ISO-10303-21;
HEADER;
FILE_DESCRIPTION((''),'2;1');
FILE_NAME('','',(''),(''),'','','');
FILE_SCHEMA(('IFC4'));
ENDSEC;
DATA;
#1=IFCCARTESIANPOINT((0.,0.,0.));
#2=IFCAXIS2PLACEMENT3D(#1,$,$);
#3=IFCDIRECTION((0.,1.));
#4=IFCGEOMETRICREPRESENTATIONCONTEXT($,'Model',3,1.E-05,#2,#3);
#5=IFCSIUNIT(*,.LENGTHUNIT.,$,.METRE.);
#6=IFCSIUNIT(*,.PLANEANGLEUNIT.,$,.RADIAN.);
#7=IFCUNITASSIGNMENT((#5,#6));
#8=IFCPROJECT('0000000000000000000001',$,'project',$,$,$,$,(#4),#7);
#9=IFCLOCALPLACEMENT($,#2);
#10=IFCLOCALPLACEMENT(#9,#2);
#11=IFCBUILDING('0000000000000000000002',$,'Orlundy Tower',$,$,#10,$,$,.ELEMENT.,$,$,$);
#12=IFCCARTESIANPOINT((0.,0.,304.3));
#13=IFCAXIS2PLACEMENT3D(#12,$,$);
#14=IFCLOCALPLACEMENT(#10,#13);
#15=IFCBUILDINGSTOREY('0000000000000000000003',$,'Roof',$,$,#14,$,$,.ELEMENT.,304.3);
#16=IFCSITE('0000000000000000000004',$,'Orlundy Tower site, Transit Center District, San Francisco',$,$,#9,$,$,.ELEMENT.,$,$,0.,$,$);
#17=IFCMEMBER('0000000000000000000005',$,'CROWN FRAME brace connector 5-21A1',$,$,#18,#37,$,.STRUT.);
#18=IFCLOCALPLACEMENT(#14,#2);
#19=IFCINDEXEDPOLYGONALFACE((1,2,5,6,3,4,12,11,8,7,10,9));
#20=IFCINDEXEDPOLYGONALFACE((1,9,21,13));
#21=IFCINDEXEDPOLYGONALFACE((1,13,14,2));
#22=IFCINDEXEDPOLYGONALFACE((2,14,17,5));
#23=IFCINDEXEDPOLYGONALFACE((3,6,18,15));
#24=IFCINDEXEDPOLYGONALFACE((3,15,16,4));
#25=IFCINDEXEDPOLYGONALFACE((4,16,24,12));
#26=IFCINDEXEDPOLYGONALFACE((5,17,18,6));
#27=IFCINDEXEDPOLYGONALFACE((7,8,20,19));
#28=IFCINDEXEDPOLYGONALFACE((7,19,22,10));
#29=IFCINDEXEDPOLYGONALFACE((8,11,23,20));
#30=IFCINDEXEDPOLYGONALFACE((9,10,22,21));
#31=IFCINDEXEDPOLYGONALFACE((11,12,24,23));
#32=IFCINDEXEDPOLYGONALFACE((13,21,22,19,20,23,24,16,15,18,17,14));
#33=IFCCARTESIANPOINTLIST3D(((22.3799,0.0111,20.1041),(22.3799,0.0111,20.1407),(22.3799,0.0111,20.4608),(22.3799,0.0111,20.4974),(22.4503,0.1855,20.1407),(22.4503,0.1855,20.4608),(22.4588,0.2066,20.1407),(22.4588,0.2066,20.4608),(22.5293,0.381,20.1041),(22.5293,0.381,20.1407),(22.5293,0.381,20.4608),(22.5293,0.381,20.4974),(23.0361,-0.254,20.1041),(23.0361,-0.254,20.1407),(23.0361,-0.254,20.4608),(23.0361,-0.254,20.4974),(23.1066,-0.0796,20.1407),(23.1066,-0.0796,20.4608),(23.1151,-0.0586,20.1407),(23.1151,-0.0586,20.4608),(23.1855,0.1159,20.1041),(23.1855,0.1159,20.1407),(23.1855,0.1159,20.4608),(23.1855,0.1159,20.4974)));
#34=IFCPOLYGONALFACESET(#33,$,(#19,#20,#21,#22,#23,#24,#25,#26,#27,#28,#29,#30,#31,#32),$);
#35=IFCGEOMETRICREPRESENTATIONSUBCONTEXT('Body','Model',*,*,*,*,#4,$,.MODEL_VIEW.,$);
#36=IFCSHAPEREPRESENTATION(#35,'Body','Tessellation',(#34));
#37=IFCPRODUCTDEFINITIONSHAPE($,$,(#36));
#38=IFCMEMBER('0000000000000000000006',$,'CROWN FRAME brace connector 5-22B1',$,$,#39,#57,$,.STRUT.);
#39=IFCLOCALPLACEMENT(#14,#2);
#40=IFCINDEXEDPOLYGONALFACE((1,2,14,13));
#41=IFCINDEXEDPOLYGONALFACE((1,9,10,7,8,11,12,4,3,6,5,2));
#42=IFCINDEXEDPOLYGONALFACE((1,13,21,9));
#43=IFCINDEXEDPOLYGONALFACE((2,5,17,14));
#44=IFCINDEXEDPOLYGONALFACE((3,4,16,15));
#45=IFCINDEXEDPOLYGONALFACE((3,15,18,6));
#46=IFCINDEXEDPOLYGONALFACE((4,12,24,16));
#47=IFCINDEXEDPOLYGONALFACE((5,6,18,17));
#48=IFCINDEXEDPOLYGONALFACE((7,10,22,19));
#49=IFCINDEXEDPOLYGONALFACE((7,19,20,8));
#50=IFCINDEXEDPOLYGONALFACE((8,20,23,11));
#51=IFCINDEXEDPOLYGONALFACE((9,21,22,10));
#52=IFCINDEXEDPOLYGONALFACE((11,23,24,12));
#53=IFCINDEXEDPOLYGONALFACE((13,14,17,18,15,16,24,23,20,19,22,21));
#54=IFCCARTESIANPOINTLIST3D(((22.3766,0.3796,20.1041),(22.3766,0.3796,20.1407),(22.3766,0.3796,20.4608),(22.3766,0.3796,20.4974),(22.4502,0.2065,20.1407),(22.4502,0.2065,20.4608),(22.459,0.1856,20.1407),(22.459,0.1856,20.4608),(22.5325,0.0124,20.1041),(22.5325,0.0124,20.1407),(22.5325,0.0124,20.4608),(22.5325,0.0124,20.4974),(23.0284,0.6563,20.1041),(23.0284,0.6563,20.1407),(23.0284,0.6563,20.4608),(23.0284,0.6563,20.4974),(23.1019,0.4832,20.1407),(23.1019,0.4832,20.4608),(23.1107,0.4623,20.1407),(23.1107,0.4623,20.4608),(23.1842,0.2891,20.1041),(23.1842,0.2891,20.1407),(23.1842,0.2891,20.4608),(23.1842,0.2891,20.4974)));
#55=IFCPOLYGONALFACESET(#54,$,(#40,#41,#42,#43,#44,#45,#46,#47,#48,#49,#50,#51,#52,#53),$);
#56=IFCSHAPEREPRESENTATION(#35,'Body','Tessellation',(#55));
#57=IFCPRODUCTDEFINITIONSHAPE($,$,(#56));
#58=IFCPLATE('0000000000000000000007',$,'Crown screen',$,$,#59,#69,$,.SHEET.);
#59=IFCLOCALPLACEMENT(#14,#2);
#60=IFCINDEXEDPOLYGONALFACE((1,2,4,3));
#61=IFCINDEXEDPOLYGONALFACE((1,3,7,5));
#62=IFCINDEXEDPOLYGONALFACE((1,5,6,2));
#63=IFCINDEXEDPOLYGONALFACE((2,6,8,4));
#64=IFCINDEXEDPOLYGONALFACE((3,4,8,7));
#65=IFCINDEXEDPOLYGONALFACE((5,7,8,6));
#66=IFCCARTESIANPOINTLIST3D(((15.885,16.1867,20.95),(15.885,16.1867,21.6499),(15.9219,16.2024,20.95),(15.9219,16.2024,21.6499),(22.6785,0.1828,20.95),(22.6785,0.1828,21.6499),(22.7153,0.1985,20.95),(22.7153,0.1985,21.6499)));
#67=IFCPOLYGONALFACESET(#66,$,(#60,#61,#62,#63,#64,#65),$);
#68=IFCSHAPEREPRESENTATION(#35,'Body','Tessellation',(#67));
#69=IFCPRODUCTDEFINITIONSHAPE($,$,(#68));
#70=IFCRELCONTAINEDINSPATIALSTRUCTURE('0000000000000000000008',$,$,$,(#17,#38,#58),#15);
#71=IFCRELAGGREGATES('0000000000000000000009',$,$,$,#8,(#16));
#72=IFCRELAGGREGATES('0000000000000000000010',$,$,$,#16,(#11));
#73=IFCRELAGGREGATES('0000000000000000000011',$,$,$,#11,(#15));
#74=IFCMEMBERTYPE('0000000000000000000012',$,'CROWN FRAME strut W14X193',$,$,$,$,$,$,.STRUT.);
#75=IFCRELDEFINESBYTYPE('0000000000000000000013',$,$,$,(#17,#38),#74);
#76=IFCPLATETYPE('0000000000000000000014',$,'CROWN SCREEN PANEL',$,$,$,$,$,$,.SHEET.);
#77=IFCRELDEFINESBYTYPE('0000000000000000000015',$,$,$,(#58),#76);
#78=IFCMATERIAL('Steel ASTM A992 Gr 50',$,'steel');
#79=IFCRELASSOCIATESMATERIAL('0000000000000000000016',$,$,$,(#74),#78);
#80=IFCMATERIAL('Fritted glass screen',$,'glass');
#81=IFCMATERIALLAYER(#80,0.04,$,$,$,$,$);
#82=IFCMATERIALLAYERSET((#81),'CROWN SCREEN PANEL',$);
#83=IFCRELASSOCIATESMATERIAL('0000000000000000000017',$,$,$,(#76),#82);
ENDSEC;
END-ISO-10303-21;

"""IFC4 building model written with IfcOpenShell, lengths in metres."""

from ifc_helpers import new_model, si_unit, direction, frame, origin, origin_2d, place, context, subcontext, project, spatial, polyline, i_section, outline, extrude, material, layer, layer_set, material_profile, profile_set, type_object, element, save


model = new_model("IFC4")

# Units and contexts
model_context = context("Model", 3, precision=1e-05, world=origin(), true_north=direction((0.0, 1.0)))
body_context = subcontext(model_context, "Body", "Model", "MODEL_VIEW")
ifc_project = project(units=[si_unit("LENGTHUNIT", "METRE"), si_unit("PLANEANGLEUNIT", "RADIAN")], contexts=[model_context])

# Site, building, storey
site_placement = place(None, origin())
site = spatial("IfcSite", under=ifc_project, at=site_placement, Name="Orlundy Tower site, Transit Center District, San Francisco", CompositionType="ELEMENT", RefElevation=0.0)
building_placement = place(site_placement, origin())
building = spatial("IfcBuilding", under=site, at=building_placement, Name="Orlundy Tower", CompositionType="ELEMENT")
storey_placement = place(building_placement, frame((0.0, 0.0, 304.3)))
storey = spatial("IfcBuildingStorey", under=building, at=storey_placement, Name="Roof", CompositionType="ELEMENT", Elevation=304.3)

# Members
ifc_material_1 = material(Name="Steel ASTM A992 Gr 50", Category="steel")
ifc_material_profile_1 = material_profile(ifc_material_1, i_section(OverallWidth=0.3989, OverallDepth=0.3933, WebThickness=0.0227, FlangeThickness=0.0366, at=origin_2d()), Name="W14X193")
ifc_profile_set_1 = profile_set([ifc_material_profile_1], Name="Steel ASTM A992 Gr 50")
member_type = type_object("IfcMemberType", Name="CROWN FRAME strut W14X193", PredefinedType="STRUT", material=ifc_profile_set_1)
member_1_placement = place(storey_placement, frame((22.4546, 0.196, 20.3008), z_axis=(0.927187, -0.3746, 0.0), x_axis=(0.3746, 0.927187, 0.0)))
element("IfcMember", 1, at=member_1_placement, inside=storey, type_object=member_type, Name="CROWN FRAME brace connector 5-21A1", PredefinedType="STRUT", context=body_context, shape_type="SweptSolid", body=[
    extrude(i_section(OverallWidth=0.3989, OverallDepth=0.3933, WebThickness=0.0227, FlangeThickness=0.0366, at=origin_2d()), origin(), (0.0, 0.0, 1.0), 0.7078),
])
member_2_placement = place(storey_placement, frame((22.4546, 0.196, 20.3008), z_axis=(0.920495, 0.390754, 0.0), x_axis=(-0.390754, 0.920495, 0.0)))
element("IfcMember", 2, at=member_2_placement, inside=storey, type_object=member_type, Name="CROWN FRAME brace connector 5-22B1", PredefinedType="STRUT", context=body_context, shape_type="SweptSolid", body=[
    extrude(i_section(OverallWidth=0.3989, OverallDepth=0.3933, WebThickness=0.0227, FlangeThickness=0.0366, at=origin_2d()), origin(), (0.0, 0.0, 1.0), 0.708),
])

# Plate
ifc_material_2 = material(Name="Fritted glass screen", Category="glass")
ifc_layer = layer(ifc_material_2, 0.04)
ifc_layer_set = layer_set([ifc_layer], Name="CROWN SCREEN PANEL")
plate_type = type_object("IfcPlateType", Name="CROWN SCREEN PANEL", PredefinedType="SHEET", material=ifc_layer_set)
plate_placement = place(storey_placement, frame((22.7153, 0.1985, 20.95), z_axis=(0.920501, 0.390741, 0.0), x_axis=(-0.390741, 0.920501, 0.0)))
element("IfcPlate", 3, at=plate_placement, inside=storey, type_object=plate_type, Name="Crown screen", PredefinedType="SHEET", context=body_context, shape_type="SweptSolid", body=[
    extrude(outline(polyline([(0.0, 0.0), (17.3861, 0.0), (17.3861, 0.7), (0.0, 0.7), (0.0, 0.0)])), origin(), (0.0, 0.0, -1.0), 0.04),
])

save(model, "model.ifc")
